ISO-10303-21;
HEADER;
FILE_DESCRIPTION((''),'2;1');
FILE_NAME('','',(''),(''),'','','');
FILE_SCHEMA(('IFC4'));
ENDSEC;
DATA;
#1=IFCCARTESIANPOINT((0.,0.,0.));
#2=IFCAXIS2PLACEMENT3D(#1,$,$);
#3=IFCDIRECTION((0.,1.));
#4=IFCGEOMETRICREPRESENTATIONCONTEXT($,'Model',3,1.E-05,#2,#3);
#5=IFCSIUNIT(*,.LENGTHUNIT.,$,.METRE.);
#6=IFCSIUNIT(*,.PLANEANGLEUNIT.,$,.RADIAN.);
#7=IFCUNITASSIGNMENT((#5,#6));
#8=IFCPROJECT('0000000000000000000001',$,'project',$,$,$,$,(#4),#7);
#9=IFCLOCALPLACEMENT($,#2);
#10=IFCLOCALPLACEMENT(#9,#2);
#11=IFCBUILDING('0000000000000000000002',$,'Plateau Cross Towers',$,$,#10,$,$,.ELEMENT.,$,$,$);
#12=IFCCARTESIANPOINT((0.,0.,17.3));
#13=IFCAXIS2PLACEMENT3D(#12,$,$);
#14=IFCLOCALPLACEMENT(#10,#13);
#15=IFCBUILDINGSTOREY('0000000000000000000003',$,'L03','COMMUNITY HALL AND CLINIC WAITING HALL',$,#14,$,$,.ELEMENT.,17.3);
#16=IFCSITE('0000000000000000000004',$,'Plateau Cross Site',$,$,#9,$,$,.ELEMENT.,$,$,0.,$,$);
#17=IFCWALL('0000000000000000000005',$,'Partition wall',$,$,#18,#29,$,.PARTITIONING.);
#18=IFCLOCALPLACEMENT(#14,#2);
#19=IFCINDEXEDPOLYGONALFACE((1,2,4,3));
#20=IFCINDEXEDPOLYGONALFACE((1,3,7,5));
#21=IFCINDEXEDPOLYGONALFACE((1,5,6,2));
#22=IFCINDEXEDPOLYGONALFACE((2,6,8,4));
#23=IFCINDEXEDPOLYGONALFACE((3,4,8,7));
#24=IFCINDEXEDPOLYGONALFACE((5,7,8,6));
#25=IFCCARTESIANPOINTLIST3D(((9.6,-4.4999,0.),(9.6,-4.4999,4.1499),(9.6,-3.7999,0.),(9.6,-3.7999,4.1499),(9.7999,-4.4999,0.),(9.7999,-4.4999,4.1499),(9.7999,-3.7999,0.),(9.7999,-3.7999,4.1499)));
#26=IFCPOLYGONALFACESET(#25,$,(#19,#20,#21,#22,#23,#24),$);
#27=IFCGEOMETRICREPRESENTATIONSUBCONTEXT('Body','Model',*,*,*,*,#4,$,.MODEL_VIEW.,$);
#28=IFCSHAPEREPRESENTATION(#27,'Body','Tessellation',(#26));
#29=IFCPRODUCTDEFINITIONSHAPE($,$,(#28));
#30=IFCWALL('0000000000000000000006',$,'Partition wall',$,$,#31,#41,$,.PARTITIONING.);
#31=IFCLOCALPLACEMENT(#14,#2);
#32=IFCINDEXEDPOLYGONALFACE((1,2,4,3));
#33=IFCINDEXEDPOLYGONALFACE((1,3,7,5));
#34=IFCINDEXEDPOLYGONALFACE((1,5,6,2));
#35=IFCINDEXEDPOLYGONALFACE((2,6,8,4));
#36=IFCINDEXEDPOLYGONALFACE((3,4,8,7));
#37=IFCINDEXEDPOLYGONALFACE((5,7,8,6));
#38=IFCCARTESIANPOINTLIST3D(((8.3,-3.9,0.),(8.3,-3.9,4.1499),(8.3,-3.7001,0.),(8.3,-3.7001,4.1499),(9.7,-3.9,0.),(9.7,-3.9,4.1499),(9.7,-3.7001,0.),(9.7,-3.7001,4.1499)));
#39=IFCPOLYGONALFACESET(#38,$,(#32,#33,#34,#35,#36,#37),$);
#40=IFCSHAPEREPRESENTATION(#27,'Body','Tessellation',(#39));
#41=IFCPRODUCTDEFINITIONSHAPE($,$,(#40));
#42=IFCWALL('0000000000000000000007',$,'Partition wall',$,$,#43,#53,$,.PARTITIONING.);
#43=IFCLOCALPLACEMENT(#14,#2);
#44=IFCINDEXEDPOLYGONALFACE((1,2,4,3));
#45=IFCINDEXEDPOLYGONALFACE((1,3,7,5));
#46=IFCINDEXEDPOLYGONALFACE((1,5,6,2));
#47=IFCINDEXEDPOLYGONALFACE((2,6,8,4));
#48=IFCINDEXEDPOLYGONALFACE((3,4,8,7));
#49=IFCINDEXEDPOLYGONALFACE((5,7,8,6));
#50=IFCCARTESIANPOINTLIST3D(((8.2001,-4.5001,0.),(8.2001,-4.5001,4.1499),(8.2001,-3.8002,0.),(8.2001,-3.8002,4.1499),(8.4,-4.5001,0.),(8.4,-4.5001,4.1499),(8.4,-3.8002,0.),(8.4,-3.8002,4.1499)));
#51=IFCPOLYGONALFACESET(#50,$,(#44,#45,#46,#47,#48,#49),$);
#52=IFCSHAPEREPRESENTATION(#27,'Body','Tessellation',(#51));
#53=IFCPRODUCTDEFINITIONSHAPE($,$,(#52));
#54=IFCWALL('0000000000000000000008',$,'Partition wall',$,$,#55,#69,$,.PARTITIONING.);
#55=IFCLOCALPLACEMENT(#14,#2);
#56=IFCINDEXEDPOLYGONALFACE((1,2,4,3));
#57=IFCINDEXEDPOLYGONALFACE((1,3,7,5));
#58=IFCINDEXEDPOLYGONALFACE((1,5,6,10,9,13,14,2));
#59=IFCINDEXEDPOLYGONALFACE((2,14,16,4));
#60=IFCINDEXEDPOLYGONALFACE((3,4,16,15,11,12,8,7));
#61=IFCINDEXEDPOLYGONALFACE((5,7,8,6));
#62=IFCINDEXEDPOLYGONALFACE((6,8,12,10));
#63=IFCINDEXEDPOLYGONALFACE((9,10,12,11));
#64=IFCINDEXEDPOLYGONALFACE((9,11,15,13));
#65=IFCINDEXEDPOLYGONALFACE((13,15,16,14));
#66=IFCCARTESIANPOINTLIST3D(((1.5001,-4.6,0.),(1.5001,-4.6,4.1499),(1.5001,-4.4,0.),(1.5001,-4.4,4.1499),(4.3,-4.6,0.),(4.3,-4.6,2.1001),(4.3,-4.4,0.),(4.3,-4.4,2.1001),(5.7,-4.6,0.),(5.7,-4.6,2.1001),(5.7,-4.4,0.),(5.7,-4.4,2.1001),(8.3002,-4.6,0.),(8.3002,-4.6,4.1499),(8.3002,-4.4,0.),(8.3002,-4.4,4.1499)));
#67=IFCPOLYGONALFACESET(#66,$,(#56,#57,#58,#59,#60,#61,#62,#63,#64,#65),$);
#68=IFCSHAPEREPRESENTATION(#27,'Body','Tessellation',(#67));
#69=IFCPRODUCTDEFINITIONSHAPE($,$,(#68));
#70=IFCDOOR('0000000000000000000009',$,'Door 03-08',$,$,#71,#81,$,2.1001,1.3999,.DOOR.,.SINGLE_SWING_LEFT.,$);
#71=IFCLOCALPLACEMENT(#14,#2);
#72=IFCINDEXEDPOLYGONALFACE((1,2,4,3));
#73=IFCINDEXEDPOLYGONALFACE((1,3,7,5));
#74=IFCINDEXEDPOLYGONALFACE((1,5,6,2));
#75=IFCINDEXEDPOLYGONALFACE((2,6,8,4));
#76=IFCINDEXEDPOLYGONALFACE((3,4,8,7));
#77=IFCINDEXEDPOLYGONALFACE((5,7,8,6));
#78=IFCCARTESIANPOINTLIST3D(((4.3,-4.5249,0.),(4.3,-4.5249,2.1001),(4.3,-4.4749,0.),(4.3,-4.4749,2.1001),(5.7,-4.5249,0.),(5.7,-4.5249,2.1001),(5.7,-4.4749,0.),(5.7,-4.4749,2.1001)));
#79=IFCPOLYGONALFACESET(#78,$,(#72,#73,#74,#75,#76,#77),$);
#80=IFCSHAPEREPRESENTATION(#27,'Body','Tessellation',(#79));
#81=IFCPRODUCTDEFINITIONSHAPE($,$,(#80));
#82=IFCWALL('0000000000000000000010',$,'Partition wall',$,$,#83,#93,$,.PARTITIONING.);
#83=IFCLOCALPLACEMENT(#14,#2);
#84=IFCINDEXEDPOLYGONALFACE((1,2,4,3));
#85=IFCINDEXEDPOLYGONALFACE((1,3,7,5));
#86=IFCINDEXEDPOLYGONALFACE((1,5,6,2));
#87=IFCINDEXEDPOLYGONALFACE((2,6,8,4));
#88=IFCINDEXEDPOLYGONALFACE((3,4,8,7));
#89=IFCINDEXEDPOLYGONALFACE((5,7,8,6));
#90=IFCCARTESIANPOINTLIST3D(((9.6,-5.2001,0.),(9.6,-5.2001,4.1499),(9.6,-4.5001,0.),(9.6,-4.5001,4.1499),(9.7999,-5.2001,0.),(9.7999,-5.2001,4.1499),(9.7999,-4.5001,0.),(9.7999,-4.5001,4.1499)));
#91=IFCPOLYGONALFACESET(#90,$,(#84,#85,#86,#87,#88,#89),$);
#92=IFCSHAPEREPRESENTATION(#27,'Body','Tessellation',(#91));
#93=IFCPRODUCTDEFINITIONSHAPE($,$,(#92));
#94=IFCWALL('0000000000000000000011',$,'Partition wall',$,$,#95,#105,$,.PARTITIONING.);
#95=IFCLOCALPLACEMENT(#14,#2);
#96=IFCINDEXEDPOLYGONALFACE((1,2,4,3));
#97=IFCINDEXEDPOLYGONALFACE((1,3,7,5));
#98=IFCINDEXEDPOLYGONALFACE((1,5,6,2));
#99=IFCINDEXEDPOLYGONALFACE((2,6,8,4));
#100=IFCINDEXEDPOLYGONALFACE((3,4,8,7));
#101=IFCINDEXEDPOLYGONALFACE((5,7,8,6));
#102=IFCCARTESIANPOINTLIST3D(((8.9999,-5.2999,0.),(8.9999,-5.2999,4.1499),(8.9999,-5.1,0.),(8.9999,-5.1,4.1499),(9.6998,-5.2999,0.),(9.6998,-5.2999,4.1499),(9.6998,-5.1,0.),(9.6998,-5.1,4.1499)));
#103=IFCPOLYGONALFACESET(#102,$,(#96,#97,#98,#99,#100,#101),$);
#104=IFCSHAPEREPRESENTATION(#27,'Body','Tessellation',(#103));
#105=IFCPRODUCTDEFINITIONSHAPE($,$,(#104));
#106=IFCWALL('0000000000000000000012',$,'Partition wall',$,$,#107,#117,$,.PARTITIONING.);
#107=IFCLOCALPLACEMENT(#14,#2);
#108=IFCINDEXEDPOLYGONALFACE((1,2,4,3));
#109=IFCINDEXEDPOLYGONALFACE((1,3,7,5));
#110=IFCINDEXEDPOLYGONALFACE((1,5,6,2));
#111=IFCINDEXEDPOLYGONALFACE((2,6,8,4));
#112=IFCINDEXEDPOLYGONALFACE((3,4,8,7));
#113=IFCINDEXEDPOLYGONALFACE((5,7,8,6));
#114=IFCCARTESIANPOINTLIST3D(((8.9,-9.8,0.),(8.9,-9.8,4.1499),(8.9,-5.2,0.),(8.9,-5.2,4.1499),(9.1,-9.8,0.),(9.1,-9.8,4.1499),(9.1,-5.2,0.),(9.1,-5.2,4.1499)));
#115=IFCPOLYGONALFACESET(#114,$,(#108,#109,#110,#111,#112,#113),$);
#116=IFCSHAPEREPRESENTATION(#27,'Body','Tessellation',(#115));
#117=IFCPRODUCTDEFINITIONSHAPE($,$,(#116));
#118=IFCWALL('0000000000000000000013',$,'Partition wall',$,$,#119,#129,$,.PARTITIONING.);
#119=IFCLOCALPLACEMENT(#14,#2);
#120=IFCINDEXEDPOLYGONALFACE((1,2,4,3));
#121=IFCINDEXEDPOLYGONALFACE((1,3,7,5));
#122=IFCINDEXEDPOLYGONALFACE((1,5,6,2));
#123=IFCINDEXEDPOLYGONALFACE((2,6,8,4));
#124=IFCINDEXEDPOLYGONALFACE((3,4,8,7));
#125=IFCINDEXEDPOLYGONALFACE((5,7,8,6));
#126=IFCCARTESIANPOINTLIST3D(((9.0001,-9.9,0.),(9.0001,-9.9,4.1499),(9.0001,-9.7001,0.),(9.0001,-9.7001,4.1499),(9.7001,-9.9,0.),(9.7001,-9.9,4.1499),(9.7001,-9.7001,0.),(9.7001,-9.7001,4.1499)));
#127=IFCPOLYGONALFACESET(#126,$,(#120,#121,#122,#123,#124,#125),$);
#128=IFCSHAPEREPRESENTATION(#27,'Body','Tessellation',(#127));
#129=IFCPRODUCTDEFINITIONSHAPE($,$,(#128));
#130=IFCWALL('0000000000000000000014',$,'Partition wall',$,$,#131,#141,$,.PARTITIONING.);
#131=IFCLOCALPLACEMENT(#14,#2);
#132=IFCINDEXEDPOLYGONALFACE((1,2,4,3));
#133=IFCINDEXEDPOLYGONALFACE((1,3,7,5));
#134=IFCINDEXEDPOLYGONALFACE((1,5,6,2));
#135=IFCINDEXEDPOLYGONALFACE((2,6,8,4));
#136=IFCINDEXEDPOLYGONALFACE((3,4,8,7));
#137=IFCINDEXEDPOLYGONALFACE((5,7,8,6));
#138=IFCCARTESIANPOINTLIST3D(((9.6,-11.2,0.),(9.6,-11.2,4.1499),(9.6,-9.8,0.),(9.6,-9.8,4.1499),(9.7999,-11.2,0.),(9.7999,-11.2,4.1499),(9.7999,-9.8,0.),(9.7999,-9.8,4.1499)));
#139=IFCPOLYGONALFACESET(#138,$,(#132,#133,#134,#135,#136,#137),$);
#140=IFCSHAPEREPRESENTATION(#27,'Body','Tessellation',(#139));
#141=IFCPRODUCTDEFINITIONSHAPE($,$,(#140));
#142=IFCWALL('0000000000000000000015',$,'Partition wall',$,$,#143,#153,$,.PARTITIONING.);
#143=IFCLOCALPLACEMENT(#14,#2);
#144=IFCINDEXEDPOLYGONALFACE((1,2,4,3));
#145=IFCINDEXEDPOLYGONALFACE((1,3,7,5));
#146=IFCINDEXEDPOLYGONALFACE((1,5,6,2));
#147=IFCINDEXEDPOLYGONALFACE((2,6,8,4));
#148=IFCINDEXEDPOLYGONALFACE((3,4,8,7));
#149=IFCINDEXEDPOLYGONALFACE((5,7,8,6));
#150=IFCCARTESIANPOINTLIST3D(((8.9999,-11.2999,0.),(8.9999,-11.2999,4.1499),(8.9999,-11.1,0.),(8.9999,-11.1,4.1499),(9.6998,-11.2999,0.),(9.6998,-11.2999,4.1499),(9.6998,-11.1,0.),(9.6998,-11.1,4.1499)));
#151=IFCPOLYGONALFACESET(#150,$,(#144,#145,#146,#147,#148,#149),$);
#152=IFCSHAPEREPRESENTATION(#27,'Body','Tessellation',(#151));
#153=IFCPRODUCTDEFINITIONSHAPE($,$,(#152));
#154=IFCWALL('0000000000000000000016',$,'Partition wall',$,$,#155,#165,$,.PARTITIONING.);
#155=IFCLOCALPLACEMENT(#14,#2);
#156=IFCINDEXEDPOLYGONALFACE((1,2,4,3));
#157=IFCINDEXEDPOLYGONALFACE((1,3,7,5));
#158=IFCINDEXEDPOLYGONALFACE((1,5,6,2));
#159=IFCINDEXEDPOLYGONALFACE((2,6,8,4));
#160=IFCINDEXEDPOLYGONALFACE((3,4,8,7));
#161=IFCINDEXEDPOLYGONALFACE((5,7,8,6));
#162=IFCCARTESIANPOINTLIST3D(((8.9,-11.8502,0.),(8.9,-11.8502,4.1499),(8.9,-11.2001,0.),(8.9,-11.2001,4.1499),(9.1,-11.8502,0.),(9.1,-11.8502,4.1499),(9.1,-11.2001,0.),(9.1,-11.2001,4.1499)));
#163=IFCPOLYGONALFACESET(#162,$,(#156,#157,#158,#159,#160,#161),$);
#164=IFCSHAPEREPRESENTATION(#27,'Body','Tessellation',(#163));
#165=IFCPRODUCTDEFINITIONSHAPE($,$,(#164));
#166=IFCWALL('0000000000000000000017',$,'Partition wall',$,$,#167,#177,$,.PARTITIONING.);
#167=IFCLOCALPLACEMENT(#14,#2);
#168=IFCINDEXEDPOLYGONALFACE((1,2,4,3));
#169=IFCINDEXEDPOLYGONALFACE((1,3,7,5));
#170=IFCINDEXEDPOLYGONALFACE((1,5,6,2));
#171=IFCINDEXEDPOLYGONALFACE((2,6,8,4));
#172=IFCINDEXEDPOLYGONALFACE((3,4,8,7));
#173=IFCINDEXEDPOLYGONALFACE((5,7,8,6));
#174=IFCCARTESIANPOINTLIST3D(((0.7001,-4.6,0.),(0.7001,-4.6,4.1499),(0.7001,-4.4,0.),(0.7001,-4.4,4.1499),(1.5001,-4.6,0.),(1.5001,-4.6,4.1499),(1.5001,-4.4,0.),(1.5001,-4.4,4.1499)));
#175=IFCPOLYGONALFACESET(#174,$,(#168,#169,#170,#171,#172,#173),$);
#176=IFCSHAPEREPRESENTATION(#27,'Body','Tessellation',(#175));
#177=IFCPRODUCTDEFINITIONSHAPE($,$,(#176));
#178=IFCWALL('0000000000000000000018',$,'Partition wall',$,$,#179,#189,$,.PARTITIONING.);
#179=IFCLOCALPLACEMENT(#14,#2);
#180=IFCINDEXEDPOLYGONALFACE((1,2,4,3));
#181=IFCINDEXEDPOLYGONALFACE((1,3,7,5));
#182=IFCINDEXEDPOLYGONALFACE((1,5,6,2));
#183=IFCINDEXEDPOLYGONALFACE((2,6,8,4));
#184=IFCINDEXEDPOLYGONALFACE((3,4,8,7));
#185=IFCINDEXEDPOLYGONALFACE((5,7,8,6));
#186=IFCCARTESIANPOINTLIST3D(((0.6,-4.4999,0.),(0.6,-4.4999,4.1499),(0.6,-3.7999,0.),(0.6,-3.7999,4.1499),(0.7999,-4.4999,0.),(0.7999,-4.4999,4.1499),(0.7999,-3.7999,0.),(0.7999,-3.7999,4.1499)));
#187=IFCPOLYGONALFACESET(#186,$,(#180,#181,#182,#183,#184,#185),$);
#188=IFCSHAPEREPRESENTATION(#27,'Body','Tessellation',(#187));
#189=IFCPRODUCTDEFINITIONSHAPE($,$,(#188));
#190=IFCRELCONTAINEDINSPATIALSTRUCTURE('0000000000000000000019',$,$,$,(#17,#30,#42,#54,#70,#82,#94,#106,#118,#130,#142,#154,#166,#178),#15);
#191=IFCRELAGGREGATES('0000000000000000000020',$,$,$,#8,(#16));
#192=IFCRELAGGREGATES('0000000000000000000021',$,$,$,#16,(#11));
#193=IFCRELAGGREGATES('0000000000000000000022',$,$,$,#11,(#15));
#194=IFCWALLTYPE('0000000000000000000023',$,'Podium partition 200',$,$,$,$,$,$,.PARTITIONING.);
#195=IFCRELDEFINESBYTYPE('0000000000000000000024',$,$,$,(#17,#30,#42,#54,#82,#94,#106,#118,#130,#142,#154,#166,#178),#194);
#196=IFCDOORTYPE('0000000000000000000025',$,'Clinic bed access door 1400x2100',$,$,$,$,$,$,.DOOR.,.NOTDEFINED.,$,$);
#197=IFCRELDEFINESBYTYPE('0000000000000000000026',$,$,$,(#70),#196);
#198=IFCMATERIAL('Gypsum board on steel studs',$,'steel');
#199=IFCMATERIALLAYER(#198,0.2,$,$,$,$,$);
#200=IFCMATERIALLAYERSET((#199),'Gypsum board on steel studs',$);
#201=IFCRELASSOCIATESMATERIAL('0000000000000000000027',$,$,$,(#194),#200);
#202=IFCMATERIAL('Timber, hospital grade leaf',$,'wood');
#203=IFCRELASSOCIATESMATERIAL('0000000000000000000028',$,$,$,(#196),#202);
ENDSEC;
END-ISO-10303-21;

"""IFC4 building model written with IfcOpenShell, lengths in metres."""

from ifc_helpers import new_model, si_unit, direction, frame, frame_2d, origin, place, context, subcontext, project, spatial, rectangle, extrude, material, layer, layer_set, type_object, element, fill, save


model = new_model("IFC4")

# Units and contexts
model_context = context("Model", 3, precision=1e-05, world=origin(), true_north=direction((0.0, 1.0)))
body_context = subcontext(model_context, "Body", "Model", "MODEL_VIEW")
ifc_project = project(units=[si_unit("LENGTHUNIT", "METRE"), si_unit("PLANEANGLEUNIT", "RADIAN")], contexts=[model_context])

# Site, building, storey
site_placement = place(None, origin())
site = spatial("IfcSite", under=ifc_project, at=site_placement, Name="Plateau Cross Site", CompositionType="ELEMENT", RefElevation=0.0)
building_placement = place(site_placement, origin())
building = spatial("IfcBuilding", under=site, at=building_placement, Name="Plateau Cross Towers", CompositionType="ELEMENT")
storey_placement = place(building_placement, frame((0.0, 0.0, 17.3)))
storey = spatial("IfcBuildingStorey", under=building, at=storey_placement, Name="L03", Description="COMMUNITY HALL AND CLINIC WAITING HALL", CompositionType="ELEMENT", Elevation=17.3)

# Walls
ifc_material_1 = material(Name="Gypsum board on steel studs", Category="steel")
ifc_layer_1 = layer(ifc_material_1, 0.2)
ifc_layer_set_1 = layer_set([ifc_layer_1], Name="Gypsum board on steel studs")
wall_type = type_object("IfcWallType", Name="Podium partition 200", PredefinedType="PARTITIONING", material=ifc_layer_set_1)
wall_1_placement = place(storey_placement, frame((9.7, -4.5, 0.0), z_axis=(0.0, 0.0, 1.0), x_axis=(0.0, 1.0, 0.0)))
element("IfcWall", 1, at=wall_1_placement, inside=storey, type_object=wall_type, Name="Partition wall", PredefinedType="PARTITIONING", context=body_context, shape_type="SweptSolid", body=[
    extrude(rectangle(XDim=0.7, YDim=0.2, at=frame_2d((0.3501, 0.0))), origin(), (0.0, 0.0, 1.0), 4.1499),
])
wall_2_placement = place(storey_placement, frame((9.7, -3.8, 0.0), z_axis=(0.0, 0.0, 1.0), x_axis=(-1.0, 0.0, 0.0)))
element("IfcWall", 2, at=wall_2_placement, inside=storey, type_object=wall_type, Name="Partition wall", PredefinedType="PARTITIONING", context=body_context, shape_type="SweptSolid", body=[
    extrude(rectangle(XDim=1.3999, YDim=0.2, at=frame_2d((0.7, 0.0))), origin(), (0.0, 0.0, 1.0), 4.1499),
])
wall_3_placement = place(storey_placement, frame((8.3, -3.8, 0.0), z_axis=(0.0, 0.0, 1.0), x_axis=(0.0, -1.0, 0.0)))
element("IfcWall", 3, at=wall_3_placement, inside=storey, type_object=wall_type, Name="Partition wall", PredefinedType="PARTITIONING", context=body_context, shape_type="SweptSolid", body=[
    extrude(rectangle(XDim=0.7, YDim=0.2, at=frame_2d((0.3501, 0.0))), origin(), (0.0, 0.0, 1.0), 4.1499),
])

# Wall, opening, door
wall_4_placement = place(storey_placement, frame((8.3, -4.5, 0.0), z_axis=(0.0, 0.0, 1.0), x_axis=(-1.0, 0.0, 0.0)))
wall_4 = element("IfcWall", 4, at=wall_4_placement, inside=storey, type_object=wall_type, Name="Partition wall", PredefinedType="PARTITIONING", context=body_context, shape_type="SweptSolid", body=[
    extrude(rectangle(XDim=6.8, YDim=0.2, at=frame_2d((3.3999, 0.0))), origin(), (0.0, 0.0, 1.0), 4.1499),
])
opening_placement = place(wall_4_placement, frame((2.6001, 0.0, 0.0)))
opening = element("IfcOpeningElement", 5, at=opening_placement, cuts=wall_4, PredefinedType="OPENING", context=body_context, shape_type="SweptSolid", body=[
    extrude(rectangle(XDim=1.3999, YDim=2.1001, at=frame_2d((0.7, 1.05))), frame((0.0, 0.1099, 0.0), z_axis=(0.0, -1.0, 0.0), x_axis=(1.0, 0.0, 0.0)), (0.0, 0.0, 1.0), 0.22),
])
ifc_material_2 = material(Name="Timber, hospital grade leaf", Category="wood")
door_type = type_object("IfcDoorType", Name="Clinic bed access door 1400x2100", OperationType="NOTDEFINED", PredefinedType="DOOR", material=ifc_material_2)
door_placement = place(opening_placement, origin())
door = element("IfcDoor", 6, at=door_placement, inside=storey, type_object=door_type, Name="Door 03-08", OperationType="SINGLE_SWING_LEFT", OverallHeight=2.1001, OverallWidth=1.3999, PredefinedType="DOOR", context=body_context, shape_type="SweptSolid", body=[
    extrude(rectangle(XDim=1.3999, YDim=2.1001, at=frame_2d((0.7, 1.05))), frame((0.0, 0.0249, 0.0), z_axis=(0.0, -1.0, 0.0), x_axis=(1.0, 0.0, 0.0)), (0.0, 0.0, 1.0), 0.05),
])
fill(opening, door)

# Walls
for number, where, z_axis, x_axis, name in (
    (7, (9.7, -4.5, 0.0), (0.0, 0.0, 1.0), (0.0, -1.0, 0.0), "Partition wall"),
    (8, (9.7, -5.2, 0.0), (0.0, 0.0, 1.0), (-1.0, 0.0, 0.0), "Partition wall"),
):
    element("IfcWall", number, at=place(storey_placement, frame(where, z_axis=z_axis, x_axis=x_axis)), inside=storey, type_object=wall_type, Name=name, PredefinedType="PARTITIONING", context=body_context, shape_type="SweptSolid", body=[
        extrude(rectangle(XDim=0.7, YDim=0.2, at=frame_2d((0.3501, 0.0))), origin(), (0.0, 0.0, 1.0), 4.1499),
    ])
wall_5_placement = place(storey_placement, frame((9.0, -5.2, 0.0), z_axis=(0.0, 0.0, 1.0), x_axis=(0.0, -1.0, 0.0)))
element("IfcWall", 9, at=wall_5_placement, inside=storey, type_object=wall_type, Name="Partition wall", PredefinedType="PARTITIONING", context=body_context, shape_type="SweptSolid", body=[
    extrude(rectangle(XDim=4.6001, YDim=0.2, at=frame_2d((2.3, 0.0))), origin(), (0.0, 0.0, 1.0), 4.1499),
])
wall_6_placement = place(storey_placement, frame((9.0, -9.8, 0.0), z_axis=(0.0, 0.0, 1.0), x_axis=(1.0, 0.0, 0.0)))
element("IfcWall", 10, at=wall_6_placement, inside=storey, type_object=wall_type, Name="Partition wall", PredefinedType="PARTITIONING", context=body_context, shape_type="SweptSolid", body=[
    extrude(rectangle(XDim=0.7, YDim=0.2, at=frame_2d((0.3501, 0.0))), origin(), (0.0, 0.0, 1.0), 4.1499),
])
wall_7_placement = place(storey_placement, frame((9.7, -9.8, 0.0), z_axis=(0.0, 0.0, 1.0), x_axis=(0.0, -1.0, 0.0)))
element("IfcWall", 11, at=wall_7_placement, inside=storey, type_object=wall_type, Name="Partition wall", PredefinedType="PARTITIONING", context=body_context, shape_type="SweptSolid", body=[
    extrude(rectangle(XDim=1.3999, YDim=0.2, at=frame_2d((0.7, 0.0))), origin(), (0.0, 0.0, 1.0), 4.1499),
])
wall_8_placement = place(storey_placement, frame((9.7, -11.2, 0.0), z_axis=(0.0, 0.0, 1.0), x_axis=(-1.0, 0.0, 0.0)))
element("IfcWall", 12, at=wall_8_placement, inside=storey, type_object=wall_type, Name="Partition wall", PredefinedType="PARTITIONING", context=body_context, shape_type="SweptSolid", body=[
    extrude(rectangle(XDim=0.7, YDim=0.2, at=frame_2d((0.3501, 0.0))), origin(), (0.0, 0.0, 1.0), 4.1499),
])
wall_9_placement = place(storey_placement, frame((9.0, -11.2, 0.0), z_axis=(0.0, 0.0, 1.0), x_axis=(0.0, -1.0, 0.0)))
element("IfcWall", 13, at=wall_9_placement, inside=storey, type_object=wall_type, Name="Partition wall", PredefinedType="PARTITIONING", context=body_context, shape_type="SweptSolid", body=[
    extrude(rectangle(XDim=0.6501, YDim=0.2, at=frame_2d((0.3252, 0.0))), origin(), (0.0, 0.0, 1.0), 4.1499),
])
wall_10_placement = place(storey_placement, frame((1.5, -4.5, 0.0), z_axis=(0.0, 0.0, 1.0), x_axis=(-1.0, 0.0, 0.0)))
element("IfcWall", 14, at=wall_10_placement, inside=storey, type_object=wall_type, Name="Partition wall", PredefinedType="PARTITIONING", context=body_context, shape_type="SweptSolid", body=[
    extrude(rectangle(XDim=0.8, YDim=0.2, at=frame_2d((0.3999, 0.0))), origin(), (0.0, 0.0, 1.0), 4.1499),
])
wall_11_placement = place(storey_placement, frame((0.7, -4.5, 0.0), z_axis=(0.0, 0.0, 1.0), x_axis=(0.0, 1.0, 0.0)))
element("IfcWall", 15, at=wall_11_placement, inside=storey, type_object=wall_type, Name="Partition wall", PredefinedType="PARTITIONING", context=body_context, shape_type="SweptSolid", body=[
    extrude(rectangle(XDim=0.7, YDim=0.2, at=frame_2d((0.3501, 0.0))), origin(), (0.0, 0.0, 1.0), 4.1499),
])

save(model, "model.ifc")
